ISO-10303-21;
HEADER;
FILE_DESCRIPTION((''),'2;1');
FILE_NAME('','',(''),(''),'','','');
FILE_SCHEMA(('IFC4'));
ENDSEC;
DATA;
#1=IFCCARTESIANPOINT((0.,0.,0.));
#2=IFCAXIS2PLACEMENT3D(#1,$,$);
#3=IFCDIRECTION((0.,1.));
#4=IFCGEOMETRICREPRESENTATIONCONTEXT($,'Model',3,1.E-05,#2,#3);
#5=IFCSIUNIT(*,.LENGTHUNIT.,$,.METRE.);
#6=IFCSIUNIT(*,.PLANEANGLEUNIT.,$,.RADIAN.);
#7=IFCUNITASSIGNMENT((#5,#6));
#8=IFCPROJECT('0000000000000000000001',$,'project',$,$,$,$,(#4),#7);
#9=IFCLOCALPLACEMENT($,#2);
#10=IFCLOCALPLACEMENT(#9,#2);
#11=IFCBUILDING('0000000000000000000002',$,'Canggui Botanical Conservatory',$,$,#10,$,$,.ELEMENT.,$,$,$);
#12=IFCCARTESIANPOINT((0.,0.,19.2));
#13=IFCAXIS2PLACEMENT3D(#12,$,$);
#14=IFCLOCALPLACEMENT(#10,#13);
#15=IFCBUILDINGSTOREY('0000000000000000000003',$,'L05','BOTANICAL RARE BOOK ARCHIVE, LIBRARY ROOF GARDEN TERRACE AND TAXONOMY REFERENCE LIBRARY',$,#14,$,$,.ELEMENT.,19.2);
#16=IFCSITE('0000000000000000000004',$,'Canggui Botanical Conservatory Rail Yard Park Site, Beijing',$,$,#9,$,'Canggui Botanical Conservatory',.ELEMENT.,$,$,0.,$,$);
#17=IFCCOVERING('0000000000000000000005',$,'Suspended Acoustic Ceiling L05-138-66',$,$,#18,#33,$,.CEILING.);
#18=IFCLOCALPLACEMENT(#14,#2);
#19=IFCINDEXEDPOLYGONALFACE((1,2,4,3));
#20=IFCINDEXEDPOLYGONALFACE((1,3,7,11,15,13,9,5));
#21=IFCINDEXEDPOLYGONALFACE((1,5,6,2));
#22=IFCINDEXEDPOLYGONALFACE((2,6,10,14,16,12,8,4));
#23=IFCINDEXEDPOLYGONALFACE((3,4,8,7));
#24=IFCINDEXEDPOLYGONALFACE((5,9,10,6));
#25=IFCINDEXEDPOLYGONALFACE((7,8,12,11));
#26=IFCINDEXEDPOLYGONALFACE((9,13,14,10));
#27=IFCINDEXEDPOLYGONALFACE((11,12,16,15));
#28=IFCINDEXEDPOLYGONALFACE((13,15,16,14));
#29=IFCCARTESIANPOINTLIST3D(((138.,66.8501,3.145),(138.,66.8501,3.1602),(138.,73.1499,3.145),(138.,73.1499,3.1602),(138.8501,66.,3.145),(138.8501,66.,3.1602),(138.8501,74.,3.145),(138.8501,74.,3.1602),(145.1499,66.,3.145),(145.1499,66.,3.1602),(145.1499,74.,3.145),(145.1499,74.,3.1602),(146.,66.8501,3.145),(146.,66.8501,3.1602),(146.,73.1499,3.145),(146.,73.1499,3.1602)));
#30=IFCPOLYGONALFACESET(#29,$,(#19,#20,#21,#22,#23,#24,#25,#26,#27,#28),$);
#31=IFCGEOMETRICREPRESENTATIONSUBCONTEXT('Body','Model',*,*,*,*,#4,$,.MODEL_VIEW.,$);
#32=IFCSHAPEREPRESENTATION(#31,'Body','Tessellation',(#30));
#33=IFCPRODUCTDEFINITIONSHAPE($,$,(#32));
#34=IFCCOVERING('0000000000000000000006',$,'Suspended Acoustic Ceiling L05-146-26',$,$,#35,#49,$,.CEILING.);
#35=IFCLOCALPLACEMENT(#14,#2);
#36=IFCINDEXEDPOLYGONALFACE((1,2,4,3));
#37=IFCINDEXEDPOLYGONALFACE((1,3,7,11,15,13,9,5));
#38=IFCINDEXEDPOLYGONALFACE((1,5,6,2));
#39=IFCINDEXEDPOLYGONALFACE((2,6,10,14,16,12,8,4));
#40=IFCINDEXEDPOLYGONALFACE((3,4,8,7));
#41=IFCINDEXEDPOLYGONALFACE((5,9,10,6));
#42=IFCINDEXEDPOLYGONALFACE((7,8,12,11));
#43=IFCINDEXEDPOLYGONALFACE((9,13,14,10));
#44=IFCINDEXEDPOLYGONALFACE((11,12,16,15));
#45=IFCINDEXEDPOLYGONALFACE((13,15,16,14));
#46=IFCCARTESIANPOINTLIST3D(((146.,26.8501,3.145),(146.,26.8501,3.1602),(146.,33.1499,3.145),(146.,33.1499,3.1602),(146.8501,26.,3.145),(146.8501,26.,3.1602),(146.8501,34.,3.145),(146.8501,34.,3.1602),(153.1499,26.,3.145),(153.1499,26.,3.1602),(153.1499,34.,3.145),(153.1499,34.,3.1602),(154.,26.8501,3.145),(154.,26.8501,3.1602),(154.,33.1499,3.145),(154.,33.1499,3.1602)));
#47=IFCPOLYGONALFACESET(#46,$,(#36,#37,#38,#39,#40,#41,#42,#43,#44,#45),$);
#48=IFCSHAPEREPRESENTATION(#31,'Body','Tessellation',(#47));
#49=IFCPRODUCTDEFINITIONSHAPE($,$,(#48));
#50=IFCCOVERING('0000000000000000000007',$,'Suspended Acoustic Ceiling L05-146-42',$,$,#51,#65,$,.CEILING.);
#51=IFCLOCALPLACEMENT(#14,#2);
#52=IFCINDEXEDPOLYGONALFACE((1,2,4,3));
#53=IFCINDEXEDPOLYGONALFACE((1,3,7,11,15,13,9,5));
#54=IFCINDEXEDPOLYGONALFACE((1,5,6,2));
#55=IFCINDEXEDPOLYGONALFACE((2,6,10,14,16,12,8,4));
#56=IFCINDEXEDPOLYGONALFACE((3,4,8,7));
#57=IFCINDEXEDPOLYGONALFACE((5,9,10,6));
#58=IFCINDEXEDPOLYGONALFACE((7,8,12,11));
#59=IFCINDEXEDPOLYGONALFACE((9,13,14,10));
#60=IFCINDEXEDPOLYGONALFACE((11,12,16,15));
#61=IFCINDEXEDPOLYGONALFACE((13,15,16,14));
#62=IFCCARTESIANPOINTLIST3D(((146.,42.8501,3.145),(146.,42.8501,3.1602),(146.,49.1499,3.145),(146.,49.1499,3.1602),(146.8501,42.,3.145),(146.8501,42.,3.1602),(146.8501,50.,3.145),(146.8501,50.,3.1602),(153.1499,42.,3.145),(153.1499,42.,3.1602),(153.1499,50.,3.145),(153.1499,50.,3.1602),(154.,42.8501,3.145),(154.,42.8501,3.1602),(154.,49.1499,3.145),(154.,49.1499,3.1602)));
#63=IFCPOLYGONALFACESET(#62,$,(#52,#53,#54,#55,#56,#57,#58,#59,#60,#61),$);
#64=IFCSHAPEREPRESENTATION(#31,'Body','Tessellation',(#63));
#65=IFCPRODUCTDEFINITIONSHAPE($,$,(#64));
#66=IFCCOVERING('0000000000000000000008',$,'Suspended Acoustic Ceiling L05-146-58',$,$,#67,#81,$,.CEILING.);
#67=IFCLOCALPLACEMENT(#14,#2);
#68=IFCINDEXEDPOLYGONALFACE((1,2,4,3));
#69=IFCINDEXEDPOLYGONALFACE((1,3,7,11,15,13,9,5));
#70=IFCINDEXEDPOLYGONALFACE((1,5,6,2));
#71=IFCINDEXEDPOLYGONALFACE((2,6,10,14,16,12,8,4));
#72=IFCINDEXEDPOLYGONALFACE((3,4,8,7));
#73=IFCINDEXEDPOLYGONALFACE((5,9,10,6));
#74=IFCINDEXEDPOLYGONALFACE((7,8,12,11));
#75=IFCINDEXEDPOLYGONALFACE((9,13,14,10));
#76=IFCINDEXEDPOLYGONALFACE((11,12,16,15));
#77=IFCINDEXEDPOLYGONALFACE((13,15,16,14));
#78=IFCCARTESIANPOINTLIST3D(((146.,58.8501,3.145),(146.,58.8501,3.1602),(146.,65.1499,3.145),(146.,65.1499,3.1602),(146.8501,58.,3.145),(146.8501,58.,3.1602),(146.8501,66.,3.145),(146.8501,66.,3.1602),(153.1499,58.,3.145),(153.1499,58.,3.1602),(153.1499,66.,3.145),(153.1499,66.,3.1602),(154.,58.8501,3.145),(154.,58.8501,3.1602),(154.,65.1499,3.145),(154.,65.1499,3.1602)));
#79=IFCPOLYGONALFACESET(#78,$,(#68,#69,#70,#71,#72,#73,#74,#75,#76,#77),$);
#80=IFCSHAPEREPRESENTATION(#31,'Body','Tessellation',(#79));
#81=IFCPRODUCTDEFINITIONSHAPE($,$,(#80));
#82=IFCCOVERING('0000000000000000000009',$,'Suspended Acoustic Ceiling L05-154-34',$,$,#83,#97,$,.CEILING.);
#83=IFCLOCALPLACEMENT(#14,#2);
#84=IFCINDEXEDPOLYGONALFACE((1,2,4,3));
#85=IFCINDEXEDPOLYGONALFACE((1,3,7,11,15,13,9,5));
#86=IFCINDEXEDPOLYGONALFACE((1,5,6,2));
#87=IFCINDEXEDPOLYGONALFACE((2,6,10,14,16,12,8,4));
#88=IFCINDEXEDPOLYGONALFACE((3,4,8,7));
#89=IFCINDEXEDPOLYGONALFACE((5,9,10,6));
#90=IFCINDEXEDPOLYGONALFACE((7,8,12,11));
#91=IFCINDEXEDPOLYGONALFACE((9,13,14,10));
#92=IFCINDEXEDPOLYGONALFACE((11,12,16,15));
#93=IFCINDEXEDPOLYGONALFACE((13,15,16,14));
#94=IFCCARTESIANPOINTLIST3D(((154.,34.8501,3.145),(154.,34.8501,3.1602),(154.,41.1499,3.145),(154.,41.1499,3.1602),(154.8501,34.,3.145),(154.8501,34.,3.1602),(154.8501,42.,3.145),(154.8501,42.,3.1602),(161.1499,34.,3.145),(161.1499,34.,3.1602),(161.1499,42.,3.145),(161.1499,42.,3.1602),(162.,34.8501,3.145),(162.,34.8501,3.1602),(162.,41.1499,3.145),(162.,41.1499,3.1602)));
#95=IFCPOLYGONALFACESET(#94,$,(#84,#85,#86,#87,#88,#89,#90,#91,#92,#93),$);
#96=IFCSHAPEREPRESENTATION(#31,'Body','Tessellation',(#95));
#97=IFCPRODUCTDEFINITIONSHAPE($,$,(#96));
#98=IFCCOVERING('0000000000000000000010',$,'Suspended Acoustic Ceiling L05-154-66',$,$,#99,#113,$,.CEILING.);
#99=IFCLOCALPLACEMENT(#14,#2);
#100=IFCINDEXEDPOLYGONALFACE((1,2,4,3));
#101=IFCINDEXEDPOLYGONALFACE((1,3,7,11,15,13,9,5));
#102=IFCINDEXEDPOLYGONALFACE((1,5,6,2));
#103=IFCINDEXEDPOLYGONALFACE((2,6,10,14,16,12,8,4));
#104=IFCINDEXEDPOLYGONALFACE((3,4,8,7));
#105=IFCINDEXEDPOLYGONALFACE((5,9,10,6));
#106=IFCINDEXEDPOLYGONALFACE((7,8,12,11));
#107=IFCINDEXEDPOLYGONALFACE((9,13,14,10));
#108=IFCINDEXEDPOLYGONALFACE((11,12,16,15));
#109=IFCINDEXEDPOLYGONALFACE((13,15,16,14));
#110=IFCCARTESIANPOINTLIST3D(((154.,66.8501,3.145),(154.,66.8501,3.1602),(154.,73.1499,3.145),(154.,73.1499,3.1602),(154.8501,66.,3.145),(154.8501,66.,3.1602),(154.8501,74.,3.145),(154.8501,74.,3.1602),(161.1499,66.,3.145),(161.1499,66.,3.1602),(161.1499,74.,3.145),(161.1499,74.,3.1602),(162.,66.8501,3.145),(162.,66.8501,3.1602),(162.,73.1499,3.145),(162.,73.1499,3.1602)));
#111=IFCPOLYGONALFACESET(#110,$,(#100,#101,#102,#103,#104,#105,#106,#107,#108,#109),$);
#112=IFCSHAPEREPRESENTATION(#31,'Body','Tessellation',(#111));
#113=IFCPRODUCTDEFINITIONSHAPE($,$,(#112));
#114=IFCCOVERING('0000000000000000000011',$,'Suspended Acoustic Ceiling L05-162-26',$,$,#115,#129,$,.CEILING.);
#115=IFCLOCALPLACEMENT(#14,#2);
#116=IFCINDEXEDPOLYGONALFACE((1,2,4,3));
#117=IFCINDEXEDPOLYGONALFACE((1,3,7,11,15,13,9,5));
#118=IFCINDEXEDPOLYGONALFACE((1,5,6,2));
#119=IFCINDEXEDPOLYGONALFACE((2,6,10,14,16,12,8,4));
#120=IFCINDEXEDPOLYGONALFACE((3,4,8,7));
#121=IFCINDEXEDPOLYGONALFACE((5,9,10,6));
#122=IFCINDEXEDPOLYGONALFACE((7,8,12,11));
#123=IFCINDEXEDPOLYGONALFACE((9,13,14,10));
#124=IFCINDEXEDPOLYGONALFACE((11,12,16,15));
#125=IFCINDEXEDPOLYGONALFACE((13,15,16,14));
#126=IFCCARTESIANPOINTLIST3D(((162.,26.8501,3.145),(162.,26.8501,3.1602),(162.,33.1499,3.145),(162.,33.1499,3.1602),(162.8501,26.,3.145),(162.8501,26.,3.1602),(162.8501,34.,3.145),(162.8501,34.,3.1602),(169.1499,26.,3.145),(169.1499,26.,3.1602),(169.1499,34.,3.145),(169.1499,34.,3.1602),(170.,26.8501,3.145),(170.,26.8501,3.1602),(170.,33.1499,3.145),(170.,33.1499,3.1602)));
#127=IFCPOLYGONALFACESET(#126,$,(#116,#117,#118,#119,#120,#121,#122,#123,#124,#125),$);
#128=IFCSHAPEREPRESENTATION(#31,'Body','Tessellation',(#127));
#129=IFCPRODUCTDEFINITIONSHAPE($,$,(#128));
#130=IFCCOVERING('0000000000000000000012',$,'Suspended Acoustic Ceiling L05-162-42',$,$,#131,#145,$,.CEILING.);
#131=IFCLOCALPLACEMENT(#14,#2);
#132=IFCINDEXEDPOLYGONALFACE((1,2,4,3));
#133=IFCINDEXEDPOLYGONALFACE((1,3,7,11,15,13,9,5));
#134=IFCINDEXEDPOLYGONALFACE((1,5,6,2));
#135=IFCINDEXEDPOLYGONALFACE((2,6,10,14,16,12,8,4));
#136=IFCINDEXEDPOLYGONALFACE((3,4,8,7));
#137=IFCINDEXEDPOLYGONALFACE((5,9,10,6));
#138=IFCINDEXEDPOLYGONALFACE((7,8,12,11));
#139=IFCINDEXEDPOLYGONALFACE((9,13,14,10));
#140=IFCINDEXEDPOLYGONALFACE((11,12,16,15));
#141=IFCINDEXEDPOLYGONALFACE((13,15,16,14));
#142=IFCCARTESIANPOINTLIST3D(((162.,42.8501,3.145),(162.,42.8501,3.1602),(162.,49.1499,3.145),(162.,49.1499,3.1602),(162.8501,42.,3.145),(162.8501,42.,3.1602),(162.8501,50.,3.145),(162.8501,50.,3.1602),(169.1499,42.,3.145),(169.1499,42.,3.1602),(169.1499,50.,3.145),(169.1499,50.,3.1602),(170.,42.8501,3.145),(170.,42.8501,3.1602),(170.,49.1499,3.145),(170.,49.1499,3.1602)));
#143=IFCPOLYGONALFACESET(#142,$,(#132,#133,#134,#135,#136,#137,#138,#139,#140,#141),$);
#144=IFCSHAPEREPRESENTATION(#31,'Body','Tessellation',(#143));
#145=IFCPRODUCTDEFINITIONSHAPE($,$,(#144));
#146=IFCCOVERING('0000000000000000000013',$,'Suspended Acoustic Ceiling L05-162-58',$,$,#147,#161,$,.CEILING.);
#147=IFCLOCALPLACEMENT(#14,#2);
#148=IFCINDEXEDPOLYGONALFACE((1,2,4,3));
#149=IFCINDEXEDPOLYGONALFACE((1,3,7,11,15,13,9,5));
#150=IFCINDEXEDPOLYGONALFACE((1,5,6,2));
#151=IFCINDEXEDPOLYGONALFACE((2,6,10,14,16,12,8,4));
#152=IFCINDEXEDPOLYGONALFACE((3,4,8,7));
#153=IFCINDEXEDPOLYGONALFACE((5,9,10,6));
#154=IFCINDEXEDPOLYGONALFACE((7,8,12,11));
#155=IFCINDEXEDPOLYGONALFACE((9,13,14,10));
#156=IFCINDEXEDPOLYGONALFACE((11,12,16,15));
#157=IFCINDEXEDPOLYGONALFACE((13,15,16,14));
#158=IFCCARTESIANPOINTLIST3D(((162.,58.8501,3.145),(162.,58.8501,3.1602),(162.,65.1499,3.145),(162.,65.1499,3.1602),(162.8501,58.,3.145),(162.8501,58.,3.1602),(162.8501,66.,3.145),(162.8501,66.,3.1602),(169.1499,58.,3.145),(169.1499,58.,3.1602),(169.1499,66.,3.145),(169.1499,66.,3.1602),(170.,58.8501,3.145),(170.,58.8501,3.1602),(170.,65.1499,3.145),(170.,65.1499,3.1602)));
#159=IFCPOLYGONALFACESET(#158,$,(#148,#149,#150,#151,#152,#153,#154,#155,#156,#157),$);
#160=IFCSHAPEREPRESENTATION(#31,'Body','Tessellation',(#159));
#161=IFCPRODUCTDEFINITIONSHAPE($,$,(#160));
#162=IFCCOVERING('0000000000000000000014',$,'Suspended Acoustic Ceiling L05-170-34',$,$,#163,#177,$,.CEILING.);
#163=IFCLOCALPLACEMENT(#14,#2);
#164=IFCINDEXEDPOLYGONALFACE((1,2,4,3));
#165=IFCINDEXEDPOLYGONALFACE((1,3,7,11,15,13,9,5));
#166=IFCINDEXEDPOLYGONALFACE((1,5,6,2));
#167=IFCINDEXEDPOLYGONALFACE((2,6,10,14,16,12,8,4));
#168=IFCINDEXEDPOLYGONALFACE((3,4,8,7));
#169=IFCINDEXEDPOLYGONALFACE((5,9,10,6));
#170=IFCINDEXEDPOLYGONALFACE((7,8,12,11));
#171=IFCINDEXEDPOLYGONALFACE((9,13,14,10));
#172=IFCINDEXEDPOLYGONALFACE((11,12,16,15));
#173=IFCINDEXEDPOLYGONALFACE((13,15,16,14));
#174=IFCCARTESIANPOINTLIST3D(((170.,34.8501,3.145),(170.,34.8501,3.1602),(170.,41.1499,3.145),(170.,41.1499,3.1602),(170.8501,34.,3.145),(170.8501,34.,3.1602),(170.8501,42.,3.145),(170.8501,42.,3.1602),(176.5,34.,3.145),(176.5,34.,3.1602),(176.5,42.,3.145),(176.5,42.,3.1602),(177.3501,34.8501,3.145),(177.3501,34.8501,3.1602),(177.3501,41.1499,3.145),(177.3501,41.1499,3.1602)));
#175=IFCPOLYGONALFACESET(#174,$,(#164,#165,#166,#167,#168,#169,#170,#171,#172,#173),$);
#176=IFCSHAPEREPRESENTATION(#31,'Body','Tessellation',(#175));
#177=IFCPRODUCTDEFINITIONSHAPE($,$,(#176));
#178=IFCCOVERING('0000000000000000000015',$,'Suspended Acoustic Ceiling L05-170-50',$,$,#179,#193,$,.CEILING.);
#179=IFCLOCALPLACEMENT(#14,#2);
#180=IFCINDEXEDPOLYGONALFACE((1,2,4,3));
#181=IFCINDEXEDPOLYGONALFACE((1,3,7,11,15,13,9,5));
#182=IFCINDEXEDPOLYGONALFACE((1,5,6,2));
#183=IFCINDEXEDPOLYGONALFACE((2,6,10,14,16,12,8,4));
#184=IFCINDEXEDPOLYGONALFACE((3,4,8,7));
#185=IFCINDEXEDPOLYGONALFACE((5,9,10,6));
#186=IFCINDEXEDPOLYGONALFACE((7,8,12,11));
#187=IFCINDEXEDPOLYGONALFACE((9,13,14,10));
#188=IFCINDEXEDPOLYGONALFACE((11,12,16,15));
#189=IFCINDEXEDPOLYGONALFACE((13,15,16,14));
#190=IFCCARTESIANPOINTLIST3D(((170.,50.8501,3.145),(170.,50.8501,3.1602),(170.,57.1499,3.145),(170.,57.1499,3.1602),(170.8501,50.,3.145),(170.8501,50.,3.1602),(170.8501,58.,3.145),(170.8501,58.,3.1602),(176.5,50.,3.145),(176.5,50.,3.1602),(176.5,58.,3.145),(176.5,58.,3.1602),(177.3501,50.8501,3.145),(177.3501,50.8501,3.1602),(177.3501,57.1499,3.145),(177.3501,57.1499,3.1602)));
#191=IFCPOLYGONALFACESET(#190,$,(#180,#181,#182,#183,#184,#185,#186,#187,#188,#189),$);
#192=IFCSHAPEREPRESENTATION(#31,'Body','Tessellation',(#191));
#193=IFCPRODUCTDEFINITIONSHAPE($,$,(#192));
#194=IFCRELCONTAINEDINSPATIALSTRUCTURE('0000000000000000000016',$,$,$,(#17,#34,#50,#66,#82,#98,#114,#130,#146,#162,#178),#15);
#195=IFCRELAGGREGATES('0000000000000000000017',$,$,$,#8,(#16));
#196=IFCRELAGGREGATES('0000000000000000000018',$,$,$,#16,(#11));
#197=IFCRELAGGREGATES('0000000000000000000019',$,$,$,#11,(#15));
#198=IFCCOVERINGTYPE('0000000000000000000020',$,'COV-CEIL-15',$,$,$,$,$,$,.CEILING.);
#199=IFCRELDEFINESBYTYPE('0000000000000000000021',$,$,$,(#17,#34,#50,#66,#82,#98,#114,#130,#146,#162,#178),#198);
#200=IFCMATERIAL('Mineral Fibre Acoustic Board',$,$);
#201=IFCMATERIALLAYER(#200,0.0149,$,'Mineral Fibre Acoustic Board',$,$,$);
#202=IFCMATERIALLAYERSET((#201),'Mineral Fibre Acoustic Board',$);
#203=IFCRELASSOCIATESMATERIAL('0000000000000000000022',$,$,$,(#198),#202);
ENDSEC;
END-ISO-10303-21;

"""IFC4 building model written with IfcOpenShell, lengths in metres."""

from ifc_helpers import new_model, si_unit, direction, frame, origin, place, context, subcontext, project, spatial, polyline, outline, extrude, material, layer, layer_set, type_object, element, save


model = new_model("IFC4")

# Units and contexts
model_context = context("Model", 3, precision=1e-05, world=origin(), true_north=direction((0.0, 1.0)))
body_context = subcontext(model_context, "Body", "Model", "MODEL_VIEW")
ifc_project = project(units=[si_unit("LENGTHUNIT", "METRE"), si_unit("PLANEANGLEUNIT", "RADIAN")], contexts=[model_context])

# Site, building, storey
site_placement = place(None, origin())
site = spatial("IfcSite", under=ifc_project, at=site_placement, Name="Canggui Botanical Conservatory Rail Yard Park Site, Beijing", LongName="Canggui Botanical Conservatory", CompositionType="ELEMENT", RefElevation=0.0)
building_placement = place(site_placement, origin())
building = spatial("IfcBuilding", under=site, at=building_placement, Name="Canggui Botanical Conservatory", CompositionType="ELEMENT")
storey_placement = place(building_placement, frame((0.0, 0.0, 19.2)))
storey = spatial("IfcBuildingStorey", under=building, at=storey_placement, Name="L05", Description="BOTANICAL RARE BOOK ARCHIVE, LIBRARY ROOF GARDEN TERRACE AND TAXONOMY REFERENCE LIBRARY", CompositionType="ELEMENT", Elevation=19.2)

# Coverings
ifc_material_1 = material(Name="Mineral Fibre Acoustic Board")
ifc_layer_1 = layer(ifc_material_1, 0.0149, Name="Mineral Fibre Acoustic Board")
ifc_layer_set_1 = layer_set([ifc_layer_1], Name="Mineral Fibre Acoustic Board")
covering_type_1 = type_object("IfcCoveringType", Name="COV-CEIL-15", PredefinedType="CEILING", material=ifc_layer_set_1)
covering_1_placement = place(storey_placement, frame((0.0, 0.0, 3.145)))
element("IfcCovering", 1, at=covering_1_placement, inside=storey, type_object=covering_type_1, Name="Suspended Acoustic Ceiling L05-138-66", PredefinedType="CEILING", context=body_context, shape_type="SweptSolid", body=[
    extrude(outline(polyline([(138.8501, 66.0), (145.1499, 66.0), (146.0, 66.8501), (146.0, 73.1499), (145.1499, 74.0), (138.8501, 74.0), (138.0, 73.1499), (138.0, 66.8501), (138.8501, 66.0)])), origin(), (0.0, 0.0, 1.0), 0.0151),
])
covering_2_placement = place(storey_placement, frame((0.0, 0.0, 3.145)))
element("IfcCovering", 2, at=covering_2_placement, inside=storey, type_object=covering_type_1, Name="Suspended Acoustic Ceiling L05-146-26", PredefinedType="CEILING", context=body_context, shape_type="SweptSolid", body=[
    extrude(outline(polyline([(146.8501, 26.0), (153.1499, 26.0), (154.0, 26.8501), (154.0, 33.1499), (153.1499, 34.0), (146.8501, 34.0), (146.0, 33.1499), (146.0, 26.8501), (146.8501, 26.0)])), origin(), (0.0, 0.0, 1.0), 0.0151),
])
covering_3_placement = place(storey_placement, frame((0.0, 0.0, 3.145)))
element("IfcCovering", 3, at=covering_3_placement, inside=storey, type_object=covering_type_1, Name="Suspended Acoustic Ceiling L05-146-42", PredefinedType="CEILING", context=body_context, shape_type="SweptSolid", body=[
    extrude(outline(polyline([(146.8501, 42.0), (153.1499, 42.0), (154.0, 42.8501), (154.0, 49.1499), (153.1499, 50.0), (146.8501, 50.0), (146.0, 49.1499), (146.0, 42.8501), (146.8501, 42.0)])), origin(), (0.0, 0.0, 1.0), 0.0151),
])
covering_4_placement = place(storey_placement, frame((0.0, 0.0, 3.145)))
element("IfcCovering", 4, at=covering_4_placement, inside=storey, type_object=covering_type_1, Name="Suspended Acoustic Ceiling L05-146-58", PredefinedType="CEILING", context=body_context, shape_type="SweptSolid", body=[
    extrude(outline(polyline([(146.8501, 58.0), (153.1499, 58.0), (154.0, 58.8501), (154.0, 65.1499), (153.1499, 66.0), (146.8501, 66.0), (146.0, 65.1499), (146.0, 58.8501), (146.8501, 58.0)])), origin(), (0.0, 0.0, 1.0), 0.0151),
])
covering_5_placement = place(storey_placement, frame((0.0, 0.0, 3.145)))
element("IfcCovering", 5, at=covering_5_placement, inside=storey, type_object=covering_type_1, Name="Suspended Acoustic Ceiling L05-154-34", PredefinedType="CEILING", context=body_context, shape_type="SweptSolid", body=[
    extrude(outline(polyline([(154.8501, 34.0), (161.1499, 34.0), (162.0, 34.8501), (162.0, 41.1499), (161.1499, 42.0), (154.8501, 42.0), (154.0, 41.1499), (154.0, 34.8501), (154.8501, 34.0)])), origin(), (0.0, 0.0, 1.0), 0.0151),
])
covering_6_placement = place(storey_placement, frame((0.0, 0.0, 3.145)))
element("IfcCovering", 6, at=covering_6_placement, inside=storey, type_object=covering_type_1, Name="Suspended Acoustic Ceiling L05-154-66", PredefinedType="CEILING", context=body_context, shape_type="SweptSolid", body=[
    extrude(outline(polyline([(154.8501, 66.0), (161.1499, 66.0), (162.0, 66.8501), (162.0, 73.1499), (161.1499, 74.0), (154.8501, 74.0), (154.0, 73.1499), (154.0, 66.8501), (154.8501, 66.0)])), origin(), (0.0, 0.0, 1.0), 0.0151),
])
covering_7_placement = place(storey_placement, frame((0.0, 0.0, 3.145)))
element("IfcCovering", 7, at=covering_7_placement, inside=storey, type_object=covering_type_1, Name="Suspended Acoustic Ceiling L05-162-26", PredefinedType="CEILING", context=body_context, shape_type="SweptSolid", body=[
    extrude(outline(polyline([(162.8501, 26.0), (169.1499, 26.0), (170.0, 26.8501), (170.0, 33.1499), (169.1499, 34.0), (162.8501, 34.0), (162.0, 33.1499), (162.0, 26.8501), (162.8501, 26.0)])), origin(), (0.0, 0.0, 1.0), 0.0151),
])
covering_8_placement = place(storey_placement, frame((0.0, 0.0, 3.145)))
element("IfcCovering", 8, at=covering_8_placement, inside=storey, type_object=covering_type_1, Name="Suspended Acoustic Ceiling L05-162-42", PredefinedType="CEILING", context=body_context, shape_type="SweptSolid", body=[
    extrude(outline(polyline([(162.8501, 42.0), (169.1499, 42.0), (170.0, 42.8501), (170.0, 49.1499), (169.1499, 50.0), (162.8501, 50.0), (162.0, 49.1499), (162.0, 42.8501), (162.8501, 42.0)])), origin(), (0.0, 0.0, 1.0), 0.0151),
])
covering_9_placement = place(storey_placement, frame((0.0, 0.0, 3.145)))
element("IfcCovering", 9, at=covering_9_placement, inside=storey, type_object=covering_type_1, Name="Suspended Acoustic Ceiling L05-162-58", PredefinedType="CEILING", context=body_context, shape_type="SweptSolid", body=[
    extrude(outline(polyline([(162.8501, 58.0), (169.1499, 58.0), (170.0, 58.8501), (170.0, 65.1499), (169.1499, 66.0), (162.8501, 66.0), (162.0, 65.1499), (162.0, 58.8501), (162.8501, 58.0)])), origin(), (0.0, 0.0, 1.0), 0.0151),
])
covering_10_placement = place(storey_placement, frame((0.0, 0.0, 3.145)))
element("IfcCovering", 10, at=covering_10_placement, inside=storey, type_object=covering_type_1, Name="Suspended Acoustic Ceiling L05-170-34", PredefinedType="CEILING", context=body_context, shape_type="SweptSolid", body=[
    extrude(outline(polyline([(170.8501, 34.0), (176.5, 34.0), (177.3501, 34.8501), (177.3501, 41.1499), (176.5, 42.0), (170.8501, 42.0), (170.0, 41.1499), (170.0, 34.8501), (170.8501, 34.0)])), origin(), (0.0, 0.0, 1.0), 0.0151),
])
covering_11_placement = place(storey_placement, frame((0.0, 0.0, 3.145)))
element("IfcCovering", 11, at=covering_11_placement, inside=storey, type_object=covering_type_1, Name="Suspended Acoustic Ceiling L05-170-50", PredefinedType="CEILING", context=body_context, shape_type="SweptSolid", body=[
    extrude(outline(polyline([(170.8501, 50.0), (176.5, 50.0), (177.3501, 50.8501), (177.3501, 57.1499), (176.5, 58.0), (170.8501, 58.0), (170.0, 57.1499), (170.0, 50.8501), (170.8501, 50.0)])), origin(), (0.0, 0.0, 1.0), 0.0151),
])

save(model, "model.ifc")
